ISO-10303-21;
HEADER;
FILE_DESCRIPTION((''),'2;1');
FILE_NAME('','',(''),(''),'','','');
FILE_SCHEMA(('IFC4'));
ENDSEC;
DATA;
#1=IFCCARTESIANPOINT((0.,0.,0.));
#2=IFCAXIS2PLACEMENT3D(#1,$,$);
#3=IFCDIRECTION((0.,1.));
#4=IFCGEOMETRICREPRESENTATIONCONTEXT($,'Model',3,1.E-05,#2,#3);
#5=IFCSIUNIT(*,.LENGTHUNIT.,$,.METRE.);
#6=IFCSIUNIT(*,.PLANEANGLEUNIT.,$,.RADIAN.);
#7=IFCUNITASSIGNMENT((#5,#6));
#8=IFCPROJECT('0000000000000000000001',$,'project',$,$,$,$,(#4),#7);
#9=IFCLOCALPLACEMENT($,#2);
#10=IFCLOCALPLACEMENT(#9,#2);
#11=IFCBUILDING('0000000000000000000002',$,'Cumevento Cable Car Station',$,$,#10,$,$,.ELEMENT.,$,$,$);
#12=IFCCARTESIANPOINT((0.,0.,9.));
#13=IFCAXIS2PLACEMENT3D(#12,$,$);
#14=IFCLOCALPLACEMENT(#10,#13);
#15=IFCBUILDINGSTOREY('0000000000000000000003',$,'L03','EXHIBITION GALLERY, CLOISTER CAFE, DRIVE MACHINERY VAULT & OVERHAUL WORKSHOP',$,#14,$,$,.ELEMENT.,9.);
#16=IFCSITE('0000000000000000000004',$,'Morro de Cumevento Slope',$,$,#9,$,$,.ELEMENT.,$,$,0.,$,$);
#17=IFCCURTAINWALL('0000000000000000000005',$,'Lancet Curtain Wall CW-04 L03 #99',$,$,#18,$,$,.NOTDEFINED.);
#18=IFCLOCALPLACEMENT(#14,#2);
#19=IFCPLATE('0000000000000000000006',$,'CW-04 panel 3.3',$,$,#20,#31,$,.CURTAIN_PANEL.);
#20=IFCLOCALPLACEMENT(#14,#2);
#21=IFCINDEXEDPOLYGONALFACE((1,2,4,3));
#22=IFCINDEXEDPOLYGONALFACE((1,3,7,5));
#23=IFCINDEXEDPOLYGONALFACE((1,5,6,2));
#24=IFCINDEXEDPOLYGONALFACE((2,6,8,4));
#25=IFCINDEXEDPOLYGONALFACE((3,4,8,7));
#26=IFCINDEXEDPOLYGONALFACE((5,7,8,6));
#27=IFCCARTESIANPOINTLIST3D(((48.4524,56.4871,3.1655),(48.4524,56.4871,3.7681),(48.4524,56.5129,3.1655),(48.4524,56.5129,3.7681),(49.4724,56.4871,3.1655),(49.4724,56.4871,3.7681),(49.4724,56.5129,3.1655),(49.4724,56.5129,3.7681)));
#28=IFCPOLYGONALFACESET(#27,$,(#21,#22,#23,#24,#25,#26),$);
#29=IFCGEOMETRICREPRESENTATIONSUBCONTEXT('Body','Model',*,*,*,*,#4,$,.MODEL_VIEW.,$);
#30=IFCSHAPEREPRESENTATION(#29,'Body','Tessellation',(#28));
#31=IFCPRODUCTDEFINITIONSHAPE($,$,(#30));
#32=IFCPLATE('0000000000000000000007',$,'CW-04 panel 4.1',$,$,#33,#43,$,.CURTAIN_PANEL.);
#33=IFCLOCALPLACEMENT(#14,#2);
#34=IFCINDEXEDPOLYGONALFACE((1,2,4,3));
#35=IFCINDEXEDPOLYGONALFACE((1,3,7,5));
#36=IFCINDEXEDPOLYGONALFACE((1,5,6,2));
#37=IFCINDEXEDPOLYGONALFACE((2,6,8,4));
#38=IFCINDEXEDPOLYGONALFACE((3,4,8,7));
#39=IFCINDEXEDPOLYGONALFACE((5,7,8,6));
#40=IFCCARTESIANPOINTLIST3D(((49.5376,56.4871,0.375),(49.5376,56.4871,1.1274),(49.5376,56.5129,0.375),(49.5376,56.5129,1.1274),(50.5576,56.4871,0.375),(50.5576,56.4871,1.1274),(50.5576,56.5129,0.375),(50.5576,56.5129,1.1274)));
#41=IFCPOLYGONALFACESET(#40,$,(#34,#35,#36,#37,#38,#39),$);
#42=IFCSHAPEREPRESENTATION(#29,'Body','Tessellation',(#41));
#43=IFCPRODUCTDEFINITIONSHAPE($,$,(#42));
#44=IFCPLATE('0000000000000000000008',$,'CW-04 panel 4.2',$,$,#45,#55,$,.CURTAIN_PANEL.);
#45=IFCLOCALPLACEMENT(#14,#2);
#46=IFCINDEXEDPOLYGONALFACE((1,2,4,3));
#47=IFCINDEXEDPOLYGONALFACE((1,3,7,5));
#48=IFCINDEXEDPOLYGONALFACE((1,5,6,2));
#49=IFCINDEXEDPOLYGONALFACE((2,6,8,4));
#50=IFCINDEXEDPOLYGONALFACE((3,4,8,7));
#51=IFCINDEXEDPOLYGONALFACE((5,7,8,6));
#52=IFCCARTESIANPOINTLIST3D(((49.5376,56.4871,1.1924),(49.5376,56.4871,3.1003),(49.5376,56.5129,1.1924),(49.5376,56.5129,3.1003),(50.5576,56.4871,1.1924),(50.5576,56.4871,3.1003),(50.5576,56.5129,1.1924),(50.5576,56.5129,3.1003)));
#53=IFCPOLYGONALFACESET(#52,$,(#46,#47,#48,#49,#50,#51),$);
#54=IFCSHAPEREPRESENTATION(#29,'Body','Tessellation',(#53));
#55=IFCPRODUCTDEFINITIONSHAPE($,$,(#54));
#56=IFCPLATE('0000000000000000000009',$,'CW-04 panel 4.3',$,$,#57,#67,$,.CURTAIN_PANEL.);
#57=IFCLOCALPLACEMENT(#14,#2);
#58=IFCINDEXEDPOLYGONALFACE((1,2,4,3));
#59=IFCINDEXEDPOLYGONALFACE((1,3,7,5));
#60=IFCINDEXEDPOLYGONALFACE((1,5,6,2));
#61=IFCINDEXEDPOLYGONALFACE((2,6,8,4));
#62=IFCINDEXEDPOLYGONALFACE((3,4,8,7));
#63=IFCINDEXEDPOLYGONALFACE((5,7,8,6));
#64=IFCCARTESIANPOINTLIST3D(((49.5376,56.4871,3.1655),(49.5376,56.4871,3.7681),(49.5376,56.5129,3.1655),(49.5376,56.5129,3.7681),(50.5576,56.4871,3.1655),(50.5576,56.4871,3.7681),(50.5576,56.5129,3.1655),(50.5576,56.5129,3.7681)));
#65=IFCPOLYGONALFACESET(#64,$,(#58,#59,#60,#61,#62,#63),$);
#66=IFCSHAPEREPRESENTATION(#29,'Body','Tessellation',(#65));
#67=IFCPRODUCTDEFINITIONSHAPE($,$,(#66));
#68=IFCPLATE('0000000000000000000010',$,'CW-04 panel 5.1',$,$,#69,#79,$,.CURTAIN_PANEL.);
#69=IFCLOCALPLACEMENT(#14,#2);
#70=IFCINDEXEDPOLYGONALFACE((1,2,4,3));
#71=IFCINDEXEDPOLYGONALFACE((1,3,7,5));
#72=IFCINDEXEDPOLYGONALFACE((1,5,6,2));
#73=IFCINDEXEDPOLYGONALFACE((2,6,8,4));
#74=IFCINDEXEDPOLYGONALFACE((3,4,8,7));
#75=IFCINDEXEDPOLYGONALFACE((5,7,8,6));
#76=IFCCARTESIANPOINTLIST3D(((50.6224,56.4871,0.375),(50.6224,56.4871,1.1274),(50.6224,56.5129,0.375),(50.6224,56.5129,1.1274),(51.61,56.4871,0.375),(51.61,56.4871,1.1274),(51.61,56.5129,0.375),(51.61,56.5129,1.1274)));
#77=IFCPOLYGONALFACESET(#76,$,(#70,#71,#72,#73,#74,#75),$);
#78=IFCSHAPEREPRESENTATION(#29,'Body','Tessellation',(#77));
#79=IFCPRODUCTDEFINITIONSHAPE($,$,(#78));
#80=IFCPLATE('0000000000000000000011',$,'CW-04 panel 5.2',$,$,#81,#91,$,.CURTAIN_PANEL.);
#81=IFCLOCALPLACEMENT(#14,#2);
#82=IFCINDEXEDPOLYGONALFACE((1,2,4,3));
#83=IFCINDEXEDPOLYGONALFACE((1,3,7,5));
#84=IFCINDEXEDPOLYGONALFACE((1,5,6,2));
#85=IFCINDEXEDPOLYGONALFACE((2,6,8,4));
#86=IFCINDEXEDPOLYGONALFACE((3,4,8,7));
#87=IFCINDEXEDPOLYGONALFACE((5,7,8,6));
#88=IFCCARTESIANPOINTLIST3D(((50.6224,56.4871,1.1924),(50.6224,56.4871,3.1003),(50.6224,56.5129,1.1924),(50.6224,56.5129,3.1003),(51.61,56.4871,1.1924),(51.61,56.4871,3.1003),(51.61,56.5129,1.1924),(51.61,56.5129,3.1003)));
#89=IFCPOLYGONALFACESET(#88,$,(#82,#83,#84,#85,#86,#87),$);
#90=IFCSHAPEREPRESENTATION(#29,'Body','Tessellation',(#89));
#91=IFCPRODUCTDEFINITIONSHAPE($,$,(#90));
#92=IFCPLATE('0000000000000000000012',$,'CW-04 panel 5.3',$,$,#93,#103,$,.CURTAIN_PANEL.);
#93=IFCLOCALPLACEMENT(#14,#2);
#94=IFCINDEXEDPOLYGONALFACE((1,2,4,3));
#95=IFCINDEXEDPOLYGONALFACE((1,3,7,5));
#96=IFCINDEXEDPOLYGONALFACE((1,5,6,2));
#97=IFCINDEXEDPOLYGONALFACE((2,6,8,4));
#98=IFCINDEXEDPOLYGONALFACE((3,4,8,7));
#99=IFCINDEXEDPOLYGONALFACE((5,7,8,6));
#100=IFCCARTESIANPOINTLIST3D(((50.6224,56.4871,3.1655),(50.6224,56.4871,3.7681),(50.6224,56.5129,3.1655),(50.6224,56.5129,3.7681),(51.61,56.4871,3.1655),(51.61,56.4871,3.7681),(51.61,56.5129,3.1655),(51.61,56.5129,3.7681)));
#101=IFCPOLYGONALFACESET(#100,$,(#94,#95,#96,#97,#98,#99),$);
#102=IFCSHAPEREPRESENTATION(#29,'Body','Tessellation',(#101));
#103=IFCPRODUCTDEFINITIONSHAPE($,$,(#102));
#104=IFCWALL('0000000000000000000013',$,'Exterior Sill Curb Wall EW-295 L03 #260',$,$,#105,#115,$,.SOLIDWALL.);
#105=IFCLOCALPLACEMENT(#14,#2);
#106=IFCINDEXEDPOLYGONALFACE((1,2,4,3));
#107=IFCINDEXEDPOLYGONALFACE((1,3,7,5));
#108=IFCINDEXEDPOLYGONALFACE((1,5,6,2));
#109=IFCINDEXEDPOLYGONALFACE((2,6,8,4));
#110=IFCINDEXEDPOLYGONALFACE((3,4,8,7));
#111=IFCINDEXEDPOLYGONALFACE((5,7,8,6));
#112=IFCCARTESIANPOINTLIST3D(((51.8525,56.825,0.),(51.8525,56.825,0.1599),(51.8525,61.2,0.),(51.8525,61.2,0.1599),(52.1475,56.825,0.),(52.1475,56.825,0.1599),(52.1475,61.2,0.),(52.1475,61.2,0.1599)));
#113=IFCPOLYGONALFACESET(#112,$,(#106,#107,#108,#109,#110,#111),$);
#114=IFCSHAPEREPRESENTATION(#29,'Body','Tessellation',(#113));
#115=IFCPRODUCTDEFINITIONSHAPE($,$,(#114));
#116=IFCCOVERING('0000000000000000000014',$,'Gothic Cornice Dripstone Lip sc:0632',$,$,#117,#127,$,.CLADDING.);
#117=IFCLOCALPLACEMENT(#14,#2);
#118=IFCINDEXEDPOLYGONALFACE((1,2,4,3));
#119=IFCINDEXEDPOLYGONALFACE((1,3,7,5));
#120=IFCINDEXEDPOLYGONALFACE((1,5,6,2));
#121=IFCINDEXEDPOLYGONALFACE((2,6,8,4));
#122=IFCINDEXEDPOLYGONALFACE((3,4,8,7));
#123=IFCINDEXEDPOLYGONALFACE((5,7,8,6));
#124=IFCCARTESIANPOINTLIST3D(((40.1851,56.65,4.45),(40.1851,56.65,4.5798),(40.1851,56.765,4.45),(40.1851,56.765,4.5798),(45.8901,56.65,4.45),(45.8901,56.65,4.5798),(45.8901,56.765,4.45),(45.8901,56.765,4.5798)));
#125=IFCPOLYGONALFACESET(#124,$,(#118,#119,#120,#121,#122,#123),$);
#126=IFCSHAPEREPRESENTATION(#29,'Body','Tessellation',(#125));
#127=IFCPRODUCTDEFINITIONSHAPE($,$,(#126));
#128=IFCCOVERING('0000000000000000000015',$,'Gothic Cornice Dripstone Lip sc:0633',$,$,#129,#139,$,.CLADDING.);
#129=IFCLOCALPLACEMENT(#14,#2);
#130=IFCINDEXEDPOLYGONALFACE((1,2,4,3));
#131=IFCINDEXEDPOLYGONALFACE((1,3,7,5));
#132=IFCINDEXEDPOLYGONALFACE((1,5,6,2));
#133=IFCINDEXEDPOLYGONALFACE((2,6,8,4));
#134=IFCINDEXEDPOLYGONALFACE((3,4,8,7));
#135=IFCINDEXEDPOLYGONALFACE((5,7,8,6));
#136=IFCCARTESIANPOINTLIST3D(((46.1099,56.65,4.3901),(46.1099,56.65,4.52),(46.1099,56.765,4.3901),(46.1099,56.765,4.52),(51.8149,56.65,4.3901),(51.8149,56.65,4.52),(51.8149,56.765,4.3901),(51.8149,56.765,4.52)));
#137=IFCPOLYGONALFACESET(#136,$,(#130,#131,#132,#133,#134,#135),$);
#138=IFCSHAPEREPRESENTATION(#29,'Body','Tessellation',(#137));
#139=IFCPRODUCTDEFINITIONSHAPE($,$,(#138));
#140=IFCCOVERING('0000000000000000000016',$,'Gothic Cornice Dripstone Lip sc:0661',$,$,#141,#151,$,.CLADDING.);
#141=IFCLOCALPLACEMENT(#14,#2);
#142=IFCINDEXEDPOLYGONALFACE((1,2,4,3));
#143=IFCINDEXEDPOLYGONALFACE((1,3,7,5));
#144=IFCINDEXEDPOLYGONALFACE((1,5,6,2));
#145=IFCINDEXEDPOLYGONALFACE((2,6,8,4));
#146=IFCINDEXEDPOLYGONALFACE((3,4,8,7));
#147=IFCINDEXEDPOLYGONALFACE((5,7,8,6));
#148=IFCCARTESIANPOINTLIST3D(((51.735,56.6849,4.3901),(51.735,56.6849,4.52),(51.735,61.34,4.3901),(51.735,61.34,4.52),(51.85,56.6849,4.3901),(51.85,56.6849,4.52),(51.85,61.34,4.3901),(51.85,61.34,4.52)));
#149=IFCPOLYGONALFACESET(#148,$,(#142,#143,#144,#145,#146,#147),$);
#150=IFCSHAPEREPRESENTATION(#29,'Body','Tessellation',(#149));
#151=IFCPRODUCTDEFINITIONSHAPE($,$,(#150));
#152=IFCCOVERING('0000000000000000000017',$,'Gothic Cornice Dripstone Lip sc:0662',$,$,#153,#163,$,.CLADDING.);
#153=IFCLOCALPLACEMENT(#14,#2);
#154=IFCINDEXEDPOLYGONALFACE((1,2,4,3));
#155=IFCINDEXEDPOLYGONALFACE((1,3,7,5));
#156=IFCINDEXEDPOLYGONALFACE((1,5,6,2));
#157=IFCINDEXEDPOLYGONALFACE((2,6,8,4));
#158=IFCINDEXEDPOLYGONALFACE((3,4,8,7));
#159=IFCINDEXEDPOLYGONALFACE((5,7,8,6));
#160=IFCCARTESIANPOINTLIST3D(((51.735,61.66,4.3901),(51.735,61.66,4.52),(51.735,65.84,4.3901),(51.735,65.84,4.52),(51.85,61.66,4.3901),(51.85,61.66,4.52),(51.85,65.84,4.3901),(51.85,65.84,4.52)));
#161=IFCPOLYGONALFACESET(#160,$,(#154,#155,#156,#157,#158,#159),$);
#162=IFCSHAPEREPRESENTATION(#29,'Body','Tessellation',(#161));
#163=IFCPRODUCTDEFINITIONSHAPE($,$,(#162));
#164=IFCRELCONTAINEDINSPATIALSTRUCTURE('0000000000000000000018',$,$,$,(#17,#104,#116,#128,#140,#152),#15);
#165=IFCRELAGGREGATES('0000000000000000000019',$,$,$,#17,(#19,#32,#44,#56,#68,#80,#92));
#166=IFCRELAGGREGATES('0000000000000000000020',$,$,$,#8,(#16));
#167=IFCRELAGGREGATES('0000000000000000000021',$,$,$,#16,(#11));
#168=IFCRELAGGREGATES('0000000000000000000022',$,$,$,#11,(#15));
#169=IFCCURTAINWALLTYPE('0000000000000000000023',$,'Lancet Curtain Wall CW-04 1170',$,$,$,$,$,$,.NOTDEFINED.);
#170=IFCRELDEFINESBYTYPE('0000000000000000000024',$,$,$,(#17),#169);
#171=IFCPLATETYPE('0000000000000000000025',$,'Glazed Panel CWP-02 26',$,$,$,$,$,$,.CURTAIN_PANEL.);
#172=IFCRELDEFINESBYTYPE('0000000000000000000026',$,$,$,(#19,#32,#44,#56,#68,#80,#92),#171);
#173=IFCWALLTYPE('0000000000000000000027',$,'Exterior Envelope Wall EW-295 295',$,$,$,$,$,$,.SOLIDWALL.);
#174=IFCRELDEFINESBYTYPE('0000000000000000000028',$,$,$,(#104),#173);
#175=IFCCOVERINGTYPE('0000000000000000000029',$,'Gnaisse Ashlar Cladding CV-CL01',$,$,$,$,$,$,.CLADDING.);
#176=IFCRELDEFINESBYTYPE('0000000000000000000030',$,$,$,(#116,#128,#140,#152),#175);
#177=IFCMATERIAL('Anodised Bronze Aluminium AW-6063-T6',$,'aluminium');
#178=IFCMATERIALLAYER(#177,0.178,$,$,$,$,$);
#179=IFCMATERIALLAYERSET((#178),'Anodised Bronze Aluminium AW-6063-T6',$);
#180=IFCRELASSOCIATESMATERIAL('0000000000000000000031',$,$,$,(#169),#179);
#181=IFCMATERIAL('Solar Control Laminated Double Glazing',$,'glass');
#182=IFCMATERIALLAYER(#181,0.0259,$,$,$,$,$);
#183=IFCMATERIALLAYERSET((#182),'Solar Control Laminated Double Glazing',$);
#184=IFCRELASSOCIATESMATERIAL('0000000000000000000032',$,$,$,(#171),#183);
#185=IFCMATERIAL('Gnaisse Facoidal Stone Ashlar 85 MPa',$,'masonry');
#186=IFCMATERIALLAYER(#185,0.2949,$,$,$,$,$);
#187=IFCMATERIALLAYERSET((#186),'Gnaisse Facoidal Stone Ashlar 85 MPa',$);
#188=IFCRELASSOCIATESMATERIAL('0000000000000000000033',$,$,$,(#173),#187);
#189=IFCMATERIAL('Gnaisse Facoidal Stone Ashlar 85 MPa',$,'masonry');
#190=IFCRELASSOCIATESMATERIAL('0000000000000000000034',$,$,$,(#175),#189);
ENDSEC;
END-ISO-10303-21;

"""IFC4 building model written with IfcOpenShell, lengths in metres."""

from ifc_helpers import new_model, si_unit, direction, frame, frame_2d, origin, origin_2d, place, context, subcontext, project, spatial, rectangle, extrude, material, layer, layer_set, type_object, element, aggregate, save


model = new_model("IFC4")

# Units and contexts
model_context = context("Model", 3, precision=1e-05, world=origin(), true_north=direction((0.0, 1.0)))
body_context = subcontext(model_context, "Body", "Model", "MODEL_VIEW")
ifc_project = project(units=[si_unit("LENGTHUNIT", "METRE"), si_unit("PLANEANGLEUNIT", "RADIAN")], contexts=[model_context])

# Site, building, storey
site_placement = place(None, origin())
site = spatial("IfcSite", under=ifc_project, at=site_placement, Name="Morro de Cumevento Slope", CompositionType="ELEMENT", RefElevation=0.0)
building_placement = place(site_placement, origin())
building = spatial("IfcBuilding", under=site, at=building_placement, Name="Cumevento Cable Car Station", CompositionType="ELEMENT")
storey_placement = place(building_placement, frame((0.0, 0.0, 9.0)))
storey = spatial("IfcBuildingStorey", under=building, at=storey_placement, Name="L03", Description="EXHIBITION GALLERY, CLOISTER CAFE, DRIVE MACHINERY VAULT & OVERHAUL WORKSHOP", CompositionType="ELEMENT", Elevation=9.0)

# Curtain wall
ifc_material_1 = material(Name="Anodised Bronze Aluminium AW-6063-T6", Category="aluminium")
ifc_layer_1 = layer(ifc_material_1, 0.178)
ifc_layer_set_1 = layer_set([ifc_layer_1], Name="Anodised Bronze Aluminium AW-6063-T6")
curtain_wall_type_1 = type_object("IfcCurtainWallType", Name="Lancet Curtain Wall CW-04 1170", PredefinedType="NOTDEFINED", material=ifc_layer_set_1)
curtain_wall_1_placement = place(storey_placement, origin())
curtain_wall_1 = element("IfcCurtainWall", 1, at=curtain_wall_1_placement, inside=storey, type_object=curtain_wall_type_1, Name="Lancet Curtain Wall CW-04 L03 #99", PredefinedType="NOTDEFINED")

# Plates
ifc_material_2 = material(Name="Solar Control Laminated Double Glazing", Category="glass")
ifc_layer_2 = layer(ifc_material_2, 0.0259)
ifc_layer_set_2 = layer_set([ifc_layer_2], Name="Solar Control Laminated Double Glazing")
plate_type = type_object("IfcPlateType", Name="Glazed Panel CWP-02 26", PredefinedType="CURTAIN_PANEL", material=ifc_layer_set_2)
plate_1_placement = place(storey_placement, frame((48.9624, 56.5, 3.1655), z_axis=(0.0, 0.0, 1.0), x_axis=(1.0, 0.0, 0.0)))
plate_1 = element("IfcPlate", 2, at=plate_1_placement, type_object=plate_type, Name="CW-04 panel 3.3", PredefinedType="CURTAIN_PANEL", context=body_context, shape_type="SweptSolid", body=[
    extrude(rectangle(XDim=1.02, YDim=0.0259, at=origin_2d()), origin(), (0.0, 0.0, 1.0), 0.6025),
])
plate_2_placement = place(storey_placement, frame((50.0476, 56.5, 0.375), z_axis=(0.0, 0.0, 1.0), x_axis=(1.0, 0.0, 0.0)))
plate_2 = element("IfcPlate", 3, at=plate_2_placement, type_object=plate_type, Name="CW-04 panel 4.1", PredefinedType="CURTAIN_PANEL", context=body_context, shape_type="SweptSolid", body=[
    extrude(rectangle(XDim=1.02, YDim=0.0259, at=origin_2d()), origin(), (0.0, 0.0, 1.0), 0.7524),
])
plate_3_placement = place(storey_placement, frame((50.0476, 56.5, 1.1924), z_axis=(0.0, 0.0, 1.0), x_axis=(1.0, 0.0, 0.0)))
plate_3 = element("IfcPlate", 4, at=plate_3_placement, type_object=plate_type, Name="CW-04 panel 4.2", PredefinedType="CURTAIN_PANEL", context=body_context, shape_type="SweptSolid", body=[
    extrude(rectangle(XDim=1.02, YDim=0.0259, at=origin_2d()), origin(), (0.0, 0.0, 1.0), 1.908),
])
plate_4_placement = place(storey_placement, frame((50.0476, 56.5, 3.1655), z_axis=(0.0, 0.0, 1.0), x_axis=(1.0, 0.0, 0.0)))
plate_4 = element("IfcPlate", 5, at=plate_4_placement, type_object=plate_type, Name="CW-04 panel 4.3", PredefinedType="CURTAIN_PANEL", context=body_context, shape_type="SweptSolid", body=[
    extrude(rectangle(XDim=1.02, YDim=0.0259, at=origin_2d()), origin(), (0.0, 0.0, 1.0), 0.6025),
])
plate_5_placement = place(storey_placement, frame((51.1162, 56.5, 0.375), z_axis=(0.0, 0.0, 1.0), x_axis=(1.0, 0.0, 0.0)))
plate_5 = element("IfcPlate", 6, at=plate_5_placement, type_object=plate_type, Name="CW-04 panel 5.1", PredefinedType="CURTAIN_PANEL", context=body_context, shape_type="SweptSolid", body=[
    extrude(rectangle(XDim=0.9875, YDim=0.0259, at=origin_2d()), origin(), (0.0, 0.0, 1.0), 0.7524),
])
plate_6_placement = place(storey_placement, frame((51.1162, 56.5, 1.1924), z_axis=(0.0, 0.0, 1.0), x_axis=(1.0, 0.0, 0.0)))
plate_6 = element("IfcPlate", 7, at=plate_6_placement, type_object=plate_type, Name="CW-04 panel 5.2", PredefinedType="CURTAIN_PANEL", context=body_context, shape_type="SweptSolid", body=[
    extrude(rectangle(XDim=0.9875, YDim=0.0259, at=origin_2d()), origin(), (0.0, 0.0, 1.0), 1.908),
])
plate_7_placement = place(storey_placement, frame((51.1162, 56.5, 3.1655), z_axis=(0.0, 0.0, 1.0), x_axis=(1.0, 0.0, 0.0)))
plate_7 = element("IfcPlate", 8, at=plate_7_placement, type_object=plate_type, Name="CW-04 panel 5.3", PredefinedType="CURTAIN_PANEL", context=body_context, shape_type="SweptSolid", body=[
    extrude(rectangle(XDim=0.9875, YDim=0.0259, at=origin_2d()), origin(), (0.0, 0.0, 1.0), 0.6025),
])
aggregate(curtain_wall_1, [plate_1, plate_2, plate_3, plate_4, plate_5, plate_6, plate_7])

# Wall
ifc_material_3 = material(Name="Gnaisse Facoidal Stone Ashlar 85 MPa", Category="masonry")
ifc_layer_3 = layer(ifc_material_3, 0.2949)
ifc_layer_set_3 = layer_set([ifc_layer_3], Name="Gnaisse Facoidal Stone Ashlar 85 MPa")
wall_type = type_object("IfcWallType", Name="Exterior Envelope Wall EW-295 295", PredefinedType="SOLIDWALL", material=ifc_layer_set_3)
wall_placement = place(storey_placement, frame((52.0, 56.825, 0.0), z_axis=(0.0, 0.0, 1.0), x_axis=(0.0, 1.0, 0.0)))
element("IfcWall", 9, at=wall_placement, inside=storey, type_object=wall_type, Name="Exterior Sill Curb Wall EW-295 L03 #260", PredefinedType="SOLIDWALL", context=body_context, shape_type="SweptSolid", body=[
    extrude(rectangle(XDim=4.375, YDim=0.2949, at=frame_2d((2.1875, 0.0))), origin(), (0.0, 0.0, 1.0), 0.1599),
])

# Coverings
ifc_material_4 = material(Name="Gnaisse Facoidal Stone Ashlar 85 MPa", Category="masonry")
covering_type = type_object("IfcCoveringType", Name="Gnaisse Ashlar Cladding CV-CL01", PredefinedType="CLADDING", material=ifc_material_4)
for number, where, z_axis, x_axis, name in (
    (10, (43.0376, 56.7075, 4.45), (0.0, 0.0, 1.0), (1.0, 0.0, 0.0), "Gothic Cornice Dripstone Lip sc:0632"),
    (11, (48.9624, 56.7075, 4.3901), (0.0, 0.0, 1.0), (1.0, 0.0, 0.0), "Gothic Cornice Dripstone Lip sc:0633"),
):
    element("IfcCovering", number, at=place(storey_placement, frame(where, z_axis=z_axis, x_axis=x_axis)), inside=storey, type_object=covering_type, Name=name, PredefinedType="CLADDING", context=body_context, shape_type="SweptSolid", body=[
        extrude(rectangle(XDim=5.7051, YDim=0.115, at=origin_2d()), origin(), (0.0, 0.0, 1.0), 0.1299),
    ])
covering_1_placement = place(storey_placement, frame((51.7925, 59.0125, 4.3901), z_axis=(0.0, 0.0, 1.0), x_axis=(0.0, 1.0, 0.0)))
element("IfcCovering", 12, at=covering_1_placement, inside=storey, type_object=covering_type, Name="Gothic Cornice Dripstone Lip sc:0661", PredefinedType="CLADDING", context=body_context, shape_type="SweptSolid", body=[
    extrude(rectangle(XDim=4.655, YDim=0.115, at=origin_2d()), origin(), (0.0, 0.0, 1.0), 0.1299),
])
covering_2_placement = place(storey_placement, frame((51.7925, 63.75, 4.3901), z_axis=(0.0, 0.0, 1.0), x_axis=(0.0, 1.0, 0.0)))
element("IfcCovering", 13, at=covering_2_placement, inside=storey, type_object=covering_type, Name="Gothic Cornice Dripstone Lip sc:0662", PredefinedType="CLADDING", context=body_context, shape_type="SweptSolid", body=[
    extrude(rectangle(XDim=4.1799, YDim=0.115, at=origin_2d()), origin(), (0.0, 0.0, 1.0), 0.1299),
])

save(model, "model.ifc")
